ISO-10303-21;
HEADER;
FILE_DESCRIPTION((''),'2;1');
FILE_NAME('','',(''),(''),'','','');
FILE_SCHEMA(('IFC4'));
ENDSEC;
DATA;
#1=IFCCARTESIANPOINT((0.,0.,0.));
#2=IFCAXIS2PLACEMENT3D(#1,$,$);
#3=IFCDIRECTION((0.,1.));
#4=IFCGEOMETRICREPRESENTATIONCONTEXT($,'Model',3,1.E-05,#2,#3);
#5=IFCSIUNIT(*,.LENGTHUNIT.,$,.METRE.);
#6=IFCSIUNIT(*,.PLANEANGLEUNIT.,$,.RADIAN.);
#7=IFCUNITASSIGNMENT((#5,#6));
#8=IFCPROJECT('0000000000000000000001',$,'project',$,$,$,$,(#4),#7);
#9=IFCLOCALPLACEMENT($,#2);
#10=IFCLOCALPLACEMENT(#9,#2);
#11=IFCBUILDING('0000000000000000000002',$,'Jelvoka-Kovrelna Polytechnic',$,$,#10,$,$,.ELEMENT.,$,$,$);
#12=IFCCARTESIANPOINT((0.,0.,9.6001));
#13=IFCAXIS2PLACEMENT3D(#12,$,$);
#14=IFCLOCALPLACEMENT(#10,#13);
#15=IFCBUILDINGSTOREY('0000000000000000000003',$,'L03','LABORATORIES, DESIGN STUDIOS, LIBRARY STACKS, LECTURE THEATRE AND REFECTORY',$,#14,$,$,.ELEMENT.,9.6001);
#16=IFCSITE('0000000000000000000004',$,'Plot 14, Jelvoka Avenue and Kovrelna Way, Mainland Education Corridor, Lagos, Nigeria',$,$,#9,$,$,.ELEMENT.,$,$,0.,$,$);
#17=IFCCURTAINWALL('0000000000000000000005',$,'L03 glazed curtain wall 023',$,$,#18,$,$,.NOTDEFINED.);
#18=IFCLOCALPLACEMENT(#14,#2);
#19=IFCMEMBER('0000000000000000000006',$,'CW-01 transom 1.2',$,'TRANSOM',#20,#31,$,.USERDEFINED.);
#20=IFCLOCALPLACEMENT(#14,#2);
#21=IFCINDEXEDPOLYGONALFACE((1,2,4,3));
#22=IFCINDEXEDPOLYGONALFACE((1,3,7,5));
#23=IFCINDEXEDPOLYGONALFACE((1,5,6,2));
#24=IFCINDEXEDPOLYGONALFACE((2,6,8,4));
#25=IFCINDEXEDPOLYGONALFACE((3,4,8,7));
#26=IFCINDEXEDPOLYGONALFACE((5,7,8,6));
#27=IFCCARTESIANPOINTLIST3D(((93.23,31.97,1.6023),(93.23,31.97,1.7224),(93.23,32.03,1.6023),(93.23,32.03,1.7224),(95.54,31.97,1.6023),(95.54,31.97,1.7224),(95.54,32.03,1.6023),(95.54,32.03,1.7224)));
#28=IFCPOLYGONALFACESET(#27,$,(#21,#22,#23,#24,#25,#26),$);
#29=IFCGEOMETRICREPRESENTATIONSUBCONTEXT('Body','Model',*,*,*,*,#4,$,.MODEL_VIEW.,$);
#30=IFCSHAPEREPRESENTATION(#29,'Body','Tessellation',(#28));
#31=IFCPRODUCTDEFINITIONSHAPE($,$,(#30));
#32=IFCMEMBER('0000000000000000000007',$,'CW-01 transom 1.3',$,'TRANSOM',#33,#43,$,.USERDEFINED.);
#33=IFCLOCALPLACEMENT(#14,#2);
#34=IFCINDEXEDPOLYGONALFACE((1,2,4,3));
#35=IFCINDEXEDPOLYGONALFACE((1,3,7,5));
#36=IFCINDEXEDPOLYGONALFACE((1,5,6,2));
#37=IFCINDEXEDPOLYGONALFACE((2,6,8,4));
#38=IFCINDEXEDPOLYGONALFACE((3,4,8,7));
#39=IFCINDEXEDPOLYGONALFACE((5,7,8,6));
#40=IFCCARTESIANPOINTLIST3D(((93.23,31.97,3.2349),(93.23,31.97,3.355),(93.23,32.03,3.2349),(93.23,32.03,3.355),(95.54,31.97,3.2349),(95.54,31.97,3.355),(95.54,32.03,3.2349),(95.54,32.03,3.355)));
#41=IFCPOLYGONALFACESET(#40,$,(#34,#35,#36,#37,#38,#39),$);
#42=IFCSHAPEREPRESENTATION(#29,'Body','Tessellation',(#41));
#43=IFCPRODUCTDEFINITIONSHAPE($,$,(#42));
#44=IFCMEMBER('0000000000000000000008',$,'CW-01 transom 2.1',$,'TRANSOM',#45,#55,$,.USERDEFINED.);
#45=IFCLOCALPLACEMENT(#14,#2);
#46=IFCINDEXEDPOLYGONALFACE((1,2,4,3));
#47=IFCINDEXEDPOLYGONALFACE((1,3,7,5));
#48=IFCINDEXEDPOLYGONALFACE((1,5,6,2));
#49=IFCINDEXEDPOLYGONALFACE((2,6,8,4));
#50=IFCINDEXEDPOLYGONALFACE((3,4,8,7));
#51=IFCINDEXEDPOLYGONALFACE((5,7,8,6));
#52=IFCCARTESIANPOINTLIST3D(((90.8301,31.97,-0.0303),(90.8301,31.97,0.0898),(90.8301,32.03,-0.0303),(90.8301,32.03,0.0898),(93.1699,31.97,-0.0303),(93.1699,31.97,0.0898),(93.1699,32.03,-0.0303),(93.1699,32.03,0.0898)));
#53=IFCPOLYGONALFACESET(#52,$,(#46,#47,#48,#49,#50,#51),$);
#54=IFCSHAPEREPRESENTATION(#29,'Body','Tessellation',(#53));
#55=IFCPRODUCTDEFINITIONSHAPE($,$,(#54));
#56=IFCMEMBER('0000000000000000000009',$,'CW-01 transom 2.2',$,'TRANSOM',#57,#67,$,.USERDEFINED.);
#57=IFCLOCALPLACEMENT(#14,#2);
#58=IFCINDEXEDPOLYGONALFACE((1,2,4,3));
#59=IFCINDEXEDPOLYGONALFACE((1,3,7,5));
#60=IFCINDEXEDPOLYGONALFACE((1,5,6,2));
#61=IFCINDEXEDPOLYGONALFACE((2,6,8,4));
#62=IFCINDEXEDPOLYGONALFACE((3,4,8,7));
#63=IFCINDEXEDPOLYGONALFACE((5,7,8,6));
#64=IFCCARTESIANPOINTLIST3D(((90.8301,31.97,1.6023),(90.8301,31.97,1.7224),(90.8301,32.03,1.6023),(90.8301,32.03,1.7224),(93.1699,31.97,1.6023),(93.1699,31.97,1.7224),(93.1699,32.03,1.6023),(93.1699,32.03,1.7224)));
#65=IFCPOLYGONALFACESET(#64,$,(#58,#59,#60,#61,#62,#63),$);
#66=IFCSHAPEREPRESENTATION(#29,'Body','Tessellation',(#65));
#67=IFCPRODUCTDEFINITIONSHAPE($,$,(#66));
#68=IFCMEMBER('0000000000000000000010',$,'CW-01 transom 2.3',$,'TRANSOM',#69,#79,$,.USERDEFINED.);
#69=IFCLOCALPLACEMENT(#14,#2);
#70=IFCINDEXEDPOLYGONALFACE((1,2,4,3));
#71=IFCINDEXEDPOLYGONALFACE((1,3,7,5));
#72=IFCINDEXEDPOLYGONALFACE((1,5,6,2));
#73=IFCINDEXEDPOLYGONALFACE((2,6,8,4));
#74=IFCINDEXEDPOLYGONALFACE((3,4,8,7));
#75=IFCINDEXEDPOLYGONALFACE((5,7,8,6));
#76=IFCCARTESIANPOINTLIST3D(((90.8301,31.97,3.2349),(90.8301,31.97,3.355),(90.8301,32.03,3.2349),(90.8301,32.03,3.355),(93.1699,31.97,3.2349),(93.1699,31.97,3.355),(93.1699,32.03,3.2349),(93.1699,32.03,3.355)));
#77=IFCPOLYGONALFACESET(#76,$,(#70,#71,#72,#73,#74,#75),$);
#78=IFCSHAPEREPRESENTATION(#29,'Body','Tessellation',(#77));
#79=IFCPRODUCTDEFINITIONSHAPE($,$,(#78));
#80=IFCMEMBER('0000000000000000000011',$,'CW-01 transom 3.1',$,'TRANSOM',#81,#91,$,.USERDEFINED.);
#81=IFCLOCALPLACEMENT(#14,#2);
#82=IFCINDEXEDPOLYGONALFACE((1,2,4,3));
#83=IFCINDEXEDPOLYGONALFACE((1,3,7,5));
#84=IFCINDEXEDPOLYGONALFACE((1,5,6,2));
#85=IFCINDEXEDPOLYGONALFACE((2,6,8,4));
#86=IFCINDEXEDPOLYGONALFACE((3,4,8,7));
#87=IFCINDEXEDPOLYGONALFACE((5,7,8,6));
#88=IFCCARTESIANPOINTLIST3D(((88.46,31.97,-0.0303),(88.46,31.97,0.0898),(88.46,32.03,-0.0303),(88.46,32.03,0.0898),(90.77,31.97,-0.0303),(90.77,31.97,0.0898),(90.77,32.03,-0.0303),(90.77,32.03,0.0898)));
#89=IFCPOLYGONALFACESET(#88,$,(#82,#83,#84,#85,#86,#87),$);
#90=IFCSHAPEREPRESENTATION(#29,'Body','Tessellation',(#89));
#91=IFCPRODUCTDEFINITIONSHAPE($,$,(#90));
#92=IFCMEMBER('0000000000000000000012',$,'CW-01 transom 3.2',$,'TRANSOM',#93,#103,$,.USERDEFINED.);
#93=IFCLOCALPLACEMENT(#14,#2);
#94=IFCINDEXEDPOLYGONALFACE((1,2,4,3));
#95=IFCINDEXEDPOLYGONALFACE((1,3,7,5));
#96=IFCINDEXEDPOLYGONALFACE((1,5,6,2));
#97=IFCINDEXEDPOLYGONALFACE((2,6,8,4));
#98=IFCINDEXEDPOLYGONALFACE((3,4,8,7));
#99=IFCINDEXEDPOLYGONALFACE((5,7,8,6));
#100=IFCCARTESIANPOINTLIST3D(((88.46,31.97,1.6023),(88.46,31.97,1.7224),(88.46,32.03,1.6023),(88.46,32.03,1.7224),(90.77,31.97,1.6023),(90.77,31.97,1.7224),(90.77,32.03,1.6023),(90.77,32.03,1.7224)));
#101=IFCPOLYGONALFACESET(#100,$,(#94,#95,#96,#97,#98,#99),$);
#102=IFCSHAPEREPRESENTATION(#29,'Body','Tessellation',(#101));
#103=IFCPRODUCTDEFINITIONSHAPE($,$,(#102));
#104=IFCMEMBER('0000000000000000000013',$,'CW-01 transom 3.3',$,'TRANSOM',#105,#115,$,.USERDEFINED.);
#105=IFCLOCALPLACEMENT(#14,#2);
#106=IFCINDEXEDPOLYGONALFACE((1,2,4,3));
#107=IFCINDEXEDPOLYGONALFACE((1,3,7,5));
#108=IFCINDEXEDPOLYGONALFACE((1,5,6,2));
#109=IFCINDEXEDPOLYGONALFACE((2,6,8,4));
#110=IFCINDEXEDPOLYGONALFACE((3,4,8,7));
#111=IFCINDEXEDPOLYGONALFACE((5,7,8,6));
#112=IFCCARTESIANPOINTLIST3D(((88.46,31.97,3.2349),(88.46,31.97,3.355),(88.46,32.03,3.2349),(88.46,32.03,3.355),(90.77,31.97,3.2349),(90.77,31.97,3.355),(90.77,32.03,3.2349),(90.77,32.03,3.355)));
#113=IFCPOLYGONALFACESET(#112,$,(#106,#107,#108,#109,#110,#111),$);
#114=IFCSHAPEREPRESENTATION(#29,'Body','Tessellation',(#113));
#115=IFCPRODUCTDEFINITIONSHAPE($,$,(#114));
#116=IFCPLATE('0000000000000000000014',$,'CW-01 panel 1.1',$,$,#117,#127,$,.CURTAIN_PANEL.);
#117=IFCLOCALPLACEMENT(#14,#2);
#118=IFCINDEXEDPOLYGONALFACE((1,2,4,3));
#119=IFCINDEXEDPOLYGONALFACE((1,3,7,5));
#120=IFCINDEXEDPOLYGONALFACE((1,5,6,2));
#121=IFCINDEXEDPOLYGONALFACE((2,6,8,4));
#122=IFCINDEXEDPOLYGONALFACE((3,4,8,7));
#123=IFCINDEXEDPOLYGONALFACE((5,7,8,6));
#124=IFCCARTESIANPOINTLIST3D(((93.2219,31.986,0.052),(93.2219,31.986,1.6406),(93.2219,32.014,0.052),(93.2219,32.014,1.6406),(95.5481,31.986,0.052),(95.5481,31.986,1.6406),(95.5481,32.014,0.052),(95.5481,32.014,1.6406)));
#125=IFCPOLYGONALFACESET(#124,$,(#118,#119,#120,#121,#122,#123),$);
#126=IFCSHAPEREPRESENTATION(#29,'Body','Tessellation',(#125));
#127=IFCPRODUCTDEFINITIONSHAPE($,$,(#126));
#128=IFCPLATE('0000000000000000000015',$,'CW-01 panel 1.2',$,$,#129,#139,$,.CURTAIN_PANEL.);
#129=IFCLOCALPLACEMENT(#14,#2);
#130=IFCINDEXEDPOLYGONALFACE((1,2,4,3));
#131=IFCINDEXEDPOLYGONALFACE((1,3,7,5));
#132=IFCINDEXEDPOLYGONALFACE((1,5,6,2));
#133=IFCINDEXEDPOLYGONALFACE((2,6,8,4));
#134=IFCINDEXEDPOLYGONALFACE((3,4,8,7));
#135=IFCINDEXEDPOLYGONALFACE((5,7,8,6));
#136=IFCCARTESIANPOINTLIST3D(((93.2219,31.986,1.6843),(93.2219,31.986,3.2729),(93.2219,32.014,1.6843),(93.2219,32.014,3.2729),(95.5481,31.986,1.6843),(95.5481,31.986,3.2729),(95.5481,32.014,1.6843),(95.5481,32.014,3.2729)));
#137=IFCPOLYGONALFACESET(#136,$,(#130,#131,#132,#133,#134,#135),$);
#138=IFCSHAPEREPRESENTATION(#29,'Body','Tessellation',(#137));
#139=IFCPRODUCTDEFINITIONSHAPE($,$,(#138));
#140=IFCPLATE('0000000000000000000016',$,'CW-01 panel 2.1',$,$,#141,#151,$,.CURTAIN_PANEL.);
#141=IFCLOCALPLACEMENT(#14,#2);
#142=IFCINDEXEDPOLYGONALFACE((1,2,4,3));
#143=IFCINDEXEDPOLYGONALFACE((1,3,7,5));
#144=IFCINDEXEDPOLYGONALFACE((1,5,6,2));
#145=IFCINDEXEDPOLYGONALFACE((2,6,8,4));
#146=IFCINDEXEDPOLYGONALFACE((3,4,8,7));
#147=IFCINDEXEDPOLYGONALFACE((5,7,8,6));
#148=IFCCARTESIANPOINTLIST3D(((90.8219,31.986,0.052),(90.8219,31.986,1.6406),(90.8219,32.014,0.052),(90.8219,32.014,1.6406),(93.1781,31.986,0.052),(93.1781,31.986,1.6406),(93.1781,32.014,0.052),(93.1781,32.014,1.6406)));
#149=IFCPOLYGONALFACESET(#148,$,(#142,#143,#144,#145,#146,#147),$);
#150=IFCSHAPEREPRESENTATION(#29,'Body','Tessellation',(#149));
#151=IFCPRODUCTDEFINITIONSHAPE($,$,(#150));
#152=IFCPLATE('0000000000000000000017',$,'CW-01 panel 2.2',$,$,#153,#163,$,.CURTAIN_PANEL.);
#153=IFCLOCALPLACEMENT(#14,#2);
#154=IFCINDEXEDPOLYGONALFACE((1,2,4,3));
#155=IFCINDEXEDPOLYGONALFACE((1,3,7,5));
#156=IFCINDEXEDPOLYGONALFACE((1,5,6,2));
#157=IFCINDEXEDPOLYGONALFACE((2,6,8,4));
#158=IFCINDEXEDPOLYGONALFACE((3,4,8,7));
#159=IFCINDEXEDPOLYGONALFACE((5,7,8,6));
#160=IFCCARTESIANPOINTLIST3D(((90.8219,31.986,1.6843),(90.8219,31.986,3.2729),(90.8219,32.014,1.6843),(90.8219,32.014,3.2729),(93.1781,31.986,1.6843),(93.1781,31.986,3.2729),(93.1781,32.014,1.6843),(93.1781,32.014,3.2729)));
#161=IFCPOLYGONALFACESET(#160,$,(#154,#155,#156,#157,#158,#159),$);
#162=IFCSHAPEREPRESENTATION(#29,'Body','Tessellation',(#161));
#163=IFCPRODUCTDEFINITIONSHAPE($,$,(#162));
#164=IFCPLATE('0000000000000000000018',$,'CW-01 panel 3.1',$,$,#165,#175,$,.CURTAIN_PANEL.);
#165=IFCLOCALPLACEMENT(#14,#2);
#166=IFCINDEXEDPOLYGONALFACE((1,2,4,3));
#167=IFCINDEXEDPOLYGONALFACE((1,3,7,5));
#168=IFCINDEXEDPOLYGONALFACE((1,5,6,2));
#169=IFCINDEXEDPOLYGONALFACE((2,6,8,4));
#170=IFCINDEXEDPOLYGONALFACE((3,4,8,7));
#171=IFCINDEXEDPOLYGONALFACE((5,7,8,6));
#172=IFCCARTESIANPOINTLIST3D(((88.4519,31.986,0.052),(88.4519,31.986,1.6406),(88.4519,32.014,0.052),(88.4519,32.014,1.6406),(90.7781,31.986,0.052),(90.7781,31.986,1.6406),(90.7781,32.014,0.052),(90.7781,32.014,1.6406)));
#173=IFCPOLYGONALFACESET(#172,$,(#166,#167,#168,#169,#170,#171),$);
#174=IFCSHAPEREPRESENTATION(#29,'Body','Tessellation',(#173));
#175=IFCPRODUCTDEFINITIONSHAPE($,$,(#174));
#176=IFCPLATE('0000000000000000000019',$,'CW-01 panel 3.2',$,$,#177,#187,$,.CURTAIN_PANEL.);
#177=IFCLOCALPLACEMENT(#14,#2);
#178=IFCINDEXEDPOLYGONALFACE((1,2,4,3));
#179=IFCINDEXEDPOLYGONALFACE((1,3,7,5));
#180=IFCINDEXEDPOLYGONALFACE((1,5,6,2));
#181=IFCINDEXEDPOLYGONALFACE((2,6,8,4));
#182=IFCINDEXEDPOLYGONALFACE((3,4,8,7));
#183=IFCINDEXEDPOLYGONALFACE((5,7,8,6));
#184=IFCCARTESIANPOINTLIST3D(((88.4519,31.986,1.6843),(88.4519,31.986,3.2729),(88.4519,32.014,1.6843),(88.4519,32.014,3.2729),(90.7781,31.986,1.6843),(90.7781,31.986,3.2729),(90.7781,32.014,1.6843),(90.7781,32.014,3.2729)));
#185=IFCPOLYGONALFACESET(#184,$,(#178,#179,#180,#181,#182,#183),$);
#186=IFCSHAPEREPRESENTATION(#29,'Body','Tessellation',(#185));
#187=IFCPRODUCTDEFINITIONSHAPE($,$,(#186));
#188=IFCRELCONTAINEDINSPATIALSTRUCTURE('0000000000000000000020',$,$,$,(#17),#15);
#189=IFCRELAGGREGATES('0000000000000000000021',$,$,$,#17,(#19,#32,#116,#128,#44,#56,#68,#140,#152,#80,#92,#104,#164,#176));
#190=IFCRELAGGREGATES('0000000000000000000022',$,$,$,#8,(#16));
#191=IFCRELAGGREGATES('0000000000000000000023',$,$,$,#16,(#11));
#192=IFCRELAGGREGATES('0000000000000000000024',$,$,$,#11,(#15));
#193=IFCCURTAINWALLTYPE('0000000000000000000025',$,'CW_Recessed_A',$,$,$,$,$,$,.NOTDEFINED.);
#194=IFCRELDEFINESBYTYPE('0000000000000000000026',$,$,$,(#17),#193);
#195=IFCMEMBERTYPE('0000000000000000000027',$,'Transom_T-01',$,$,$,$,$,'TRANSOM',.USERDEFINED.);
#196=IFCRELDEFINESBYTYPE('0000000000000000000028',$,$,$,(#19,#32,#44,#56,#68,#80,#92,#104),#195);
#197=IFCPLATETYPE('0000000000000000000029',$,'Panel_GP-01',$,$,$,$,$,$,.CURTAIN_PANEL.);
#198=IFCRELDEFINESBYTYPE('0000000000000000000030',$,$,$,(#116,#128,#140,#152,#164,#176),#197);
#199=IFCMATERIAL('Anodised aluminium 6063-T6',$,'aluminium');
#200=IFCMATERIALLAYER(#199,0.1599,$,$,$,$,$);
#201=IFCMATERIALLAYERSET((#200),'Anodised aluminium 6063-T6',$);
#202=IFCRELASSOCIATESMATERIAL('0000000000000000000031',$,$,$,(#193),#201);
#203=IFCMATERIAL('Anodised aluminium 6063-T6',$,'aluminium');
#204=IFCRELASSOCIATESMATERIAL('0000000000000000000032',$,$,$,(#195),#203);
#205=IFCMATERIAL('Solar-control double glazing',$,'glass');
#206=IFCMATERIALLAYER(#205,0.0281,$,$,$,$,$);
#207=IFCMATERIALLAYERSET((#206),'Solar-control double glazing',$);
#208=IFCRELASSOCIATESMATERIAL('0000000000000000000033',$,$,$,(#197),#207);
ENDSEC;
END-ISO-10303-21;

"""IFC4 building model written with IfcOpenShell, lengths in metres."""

from ifc_helpers import new_model, si_unit, direction, frame, origin, origin_2d, place, context, subcontext, project, spatial, rectangle, extrude, material, layer, layer_set, material_profile, profile_set, type_object, element, aggregate, save


model = new_model("IFC4")

# Units and contexts
model_context = context("Model", 3, precision=1e-05, world=origin(), true_north=direction((0.0, 1.0)))
body_context = subcontext(model_context, "Body", "Model", "MODEL_VIEW")
ifc_project = project(units=[si_unit("LENGTHUNIT", "METRE"), si_unit("PLANEANGLEUNIT", "RADIAN")], contexts=[model_context])

# Site, building, storey
site_placement = place(None, origin())
site = spatial("IfcSite", under=ifc_project, at=site_placement, Name="Plot 14, Jelvoka Avenue and Kovrelna Way, Mainland Education Corridor, Lagos, Nigeria", CompositionType="ELEMENT", RefElevation=0.0)
building_placement = place(site_placement, origin())
building = spatial("IfcBuilding", under=site, at=building_placement, Name="Jelvoka-Kovrelna Polytechnic", CompositionType="ELEMENT")
storey_placement = place(building_placement, frame((0.0, 0.0, 9.6001)))
storey = spatial("IfcBuildingStorey", under=building, at=storey_placement, Name="L03", Description="LABORATORIES, DESIGN STUDIOS, LIBRARY STACKS, LECTURE THEATRE AND REFECTORY", CompositionType="ELEMENT", Elevation=9.6001)

# Curtain wall
ifc_material_1 = material(Name="Anodised aluminium 6063-T6", Category="aluminium")
ifc_layer_1 = layer(ifc_material_1, 0.1599)
ifc_layer_set_1 = layer_set([ifc_layer_1], Name="Anodised aluminium 6063-T6")
curtain_wall_type = type_object("IfcCurtainWallType", Name="CW_Recessed_A", PredefinedType="NOTDEFINED", material=ifc_layer_set_1)
curtain_wall_placement = place(storey_placement, origin())
curtain_wall = element("IfcCurtainWall", 1, at=curtain_wall_placement, inside=storey, type_object=curtain_wall_type, Name="L03 glazed curtain wall 023", PredefinedType="NOTDEFINED")

# Members
ifc_material_2 = material(Name="Anodised aluminium 6063-T6", Category="aluminium")
ifc_material_profile_1 = material_profile(ifc_material_2, rectangle(XDim=0.0601, YDim=0.1201, at=origin_2d()), Name="ALU 60x120")
ifc_profile_set_1 = profile_set([ifc_material_profile_1], Name="Anodised aluminium 6063-T6")
member_type_1 = type_object("IfcMemberType", Name="Transom_T-01", ElementType="TRANSOM", PredefinedType="USERDEFINED", material=ifc_profile_set_1)
member_1_placement = place(storey_placement, frame((95.54, 32.0, 1.6624), z_axis=(-1.0, 0.0, 0.0), x_axis=(0.0, -1.0, 0.0)))
member_1 = element("IfcMember", 2, at=member_1_placement, type_object=member_type_1, Name="CW-01 transom 1.2", ObjectType="TRANSOM", PredefinedType="USERDEFINED", context=body_context, shape_type="SweptSolid", body=[
    extrude(rectangle(XDim=0.0601, YDim=0.1201, at=origin_2d()), origin(), (0.0, 0.0, 1.0), 2.3101),
])
member_2_placement = place(storey_placement, frame((95.54, 32.0, 3.2949), z_axis=(-1.0, 0.0, 0.0), x_axis=(0.0, -1.0, 0.0)))
member_2 = element("IfcMember", 3, at=member_2_placement, type_object=member_type_1, Name="CW-01 transom 1.3", ObjectType="TRANSOM", PredefinedType="USERDEFINED", context=body_context, shape_type="SweptSolid", body=[
    extrude(rectangle(XDim=0.0601, YDim=0.1201, at=origin_2d()), origin(), (0.0, 0.0, 1.0), 2.3101),
])
member_3_placement = place(storey_placement, frame((93.1699, 32.0, 0.0298), z_axis=(-1.0, 0.0, 0.0), x_axis=(0.0, -1.0, 0.0)))
member_3 = element("IfcMember", 4, at=member_3_placement, type_object=member_type_1, Name="CW-01 transom 2.1", ObjectType="TRANSOM", PredefinedType="USERDEFINED", context=body_context, shape_type="SweptSolid", body=[
    extrude(rectangle(XDim=0.0601, YDim=0.1201, at=origin_2d()), origin(), (0.0, 0.0, 1.0), 2.3398),
])
member_4_placement = place(storey_placement, frame((93.1699, 32.0, 1.6624), z_axis=(-1.0, 0.0, 0.0), x_axis=(0.0, -1.0, 0.0)))
member_4 = element("IfcMember", 5, at=member_4_placement, type_object=member_type_1, Name="CW-01 transom 2.2", ObjectType="TRANSOM", PredefinedType="USERDEFINED", context=body_context, shape_type="SweptSolid", body=[
    extrude(rectangle(XDim=0.0601, YDim=0.1201, at=origin_2d()), origin(), (0.0, 0.0, 1.0), 2.3398),
])
member_5_placement = place(storey_placement, frame((93.1699, 32.0, 3.2949), z_axis=(-1.0, 0.0, 0.0), x_axis=(0.0, -1.0, 0.0)))
member_5 = element("IfcMember", 6, at=member_5_placement, type_object=member_type_1, Name="CW-01 transom 2.3", ObjectType="TRANSOM", PredefinedType="USERDEFINED", context=body_context, shape_type="SweptSolid", body=[
    extrude(rectangle(XDim=0.0601, YDim=0.1201, at=origin_2d()), origin(), (0.0, 0.0, 1.0), 2.3398),
])
member_6_placement = place(storey_placement, frame((90.77, 32.0, 0.0298), z_axis=(-1.0, 0.0, 0.0), x_axis=(0.0, -1.0, 0.0)))
member_6 = element("IfcMember", 7, at=member_6_placement, type_object=member_type_1, Name="CW-01 transom 3.1", ObjectType="TRANSOM", PredefinedType="USERDEFINED", context=body_context, shape_type="SweptSolid", body=[
    extrude(rectangle(XDim=0.0601, YDim=0.1201, at=origin_2d()), origin(), (0.0, 0.0, 1.0), 2.3101),
])
member_7_placement = place(storey_placement, frame((90.77, 32.0, 1.6624), z_axis=(-1.0, 0.0, 0.0), x_axis=(0.0, -1.0, 0.0)))
member_7 = element("IfcMember", 8, at=member_7_placement, type_object=member_type_1, Name="CW-01 transom 3.2", ObjectType="TRANSOM", PredefinedType="USERDEFINED", context=body_context, shape_type="SweptSolid", body=[
    extrude(rectangle(XDim=0.0601, YDim=0.1201, at=origin_2d()), origin(), (0.0, 0.0, 1.0), 2.3101),
])
member_8_placement = place(storey_placement, frame((90.77, 32.0, 3.2949), z_axis=(-1.0, 0.0, 0.0), x_axis=(0.0, -1.0, 0.0)))
member_8 = element("IfcMember", 9, at=member_8_placement, type_object=member_type_1, Name="CW-01 transom 3.3", ObjectType="TRANSOM", PredefinedType="USERDEFINED", context=body_context, shape_type="SweptSolid", body=[
    extrude(rectangle(XDim=0.0601, YDim=0.1201, at=origin_2d()), origin(), (0.0, 0.0, 1.0), 2.3101),
])

# Plates
ifc_material_3 = material(Name="Solar-control double glazing", Category="glass")
ifc_layer_2 = layer(ifc_material_3, 0.0281)
ifc_layer_set_2 = layer_set([ifc_layer_2], Name="Solar-control double glazing")
plate_type = type_object("IfcPlateType", Name="Panel_GP-01", PredefinedType="CURTAIN_PANEL", material=ifc_layer_set_2)
plate_1_placement = place(storey_placement, frame((94.385, 32.0, 0.052), z_axis=(0.0, 0.0, 1.0), x_axis=(-1.0, 0.0, 0.0)))
plate_1 = element("IfcPlate", 10, at=plate_1_placement, type_object=plate_type, Name="CW-01 panel 1.1", PredefinedType="CURTAIN_PANEL", context=body_context, shape_type="SweptSolid", body=[
    extrude(rectangle(XDim=2.3262, YDim=0.0281, at=origin_2d()), origin(), (0.0, 0.0, 1.0), 1.5886),
])
plate_2_placement = place(storey_placement, frame((94.385, 32.0, 1.6843), z_axis=(0.0, 0.0, 1.0), x_axis=(-1.0, 0.0, 0.0)))
plate_2 = element("IfcPlate", 11, at=plate_2_placement, type_object=plate_type, Name="CW-01 panel 1.2", PredefinedType="CURTAIN_PANEL", context=body_context, shape_type="SweptSolid", body=[
    extrude(rectangle(XDim=2.3262, YDim=0.0281, at=origin_2d()), origin(), (0.0, 0.0, 1.0), 1.5886),
])
plate_3_placement = place(storey_placement, frame((92.0, 32.0, 0.052), z_axis=(0.0, 0.0, 1.0), x_axis=(-1.0, 0.0, 0.0)))
plate_3 = element("IfcPlate", 12, at=plate_3_placement, type_object=plate_type, Name="CW-01 panel 2.1", PredefinedType="CURTAIN_PANEL", context=body_context, shape_type="SweptSolid", body=[
    extrude(rectangle(XDim=2.3562, YDim=0.0281, at=origin_2d()), origin(), (0.0, 0.0, 1.0), 1.5886),
])
plate_4_placement = place(storey_placement, frame((92.0, 32.0, 1.6843), z_axis=(0.0, 0.0, 1.0), x_axis=(-1.0, 0.0, 0.0)))
plate_4 = element("IfcPlate", 13, at=plate_4_placement, type_object=plate_type, Name="CW-01 panel 2.2", PredefinedType="CURTAIN_PANEL", context=body_context, shape_type="SweptSolid", body=[
    extrude(rectangle(XDim=2.3562, YDim=0.0281, at=origin_2d()), origin(), (0.0, 0.0, 1.0), 1.5886),
])
plate_5_placement = place(storey_placement, frame((89.615, 32.0, 0.052), z_axis=(0.0, 0.0, 1.0), x_axis=(-1.0, 0.0, 0.0)))
plate_5 = element("IfcPlate", 14, at=plate_5_placement, type_object=plate_type, Name="CW-01 panel 3.1", PredefinedType="CURTAIN_PANEL", context=body_context, shape_type="SweptSolid", body=[
    extrude(rectangle(XDim=2.3262, YDim=0.0281, at=origin_2d()), origin(), (0.0, 0.0, 1.0), 1.5886),
])
plate_6_placement = place(storey_placement, frame((89.615, 32.0, 1.6843), z_axis=(0.0, 0.0, 1.0), x_axis=(-1.0, 0.0, 0.0)))
plate_6 = element("IfcPlate", 15, at=plate_6_placement, type_object=plate_type, Name="CW-01 panel 3.2", PredefinedType="CURTAIN_PANEL", context=body_context, shape_type="SweptSolid", body=[
    extrude(rectangle(XDim=2.3262, YDim=0.0281, at=origin_2d()), origin(), (0.0, 0.0, 1.0), 1.5886),
])
aggregate(curtain_wall, [member_1, member_2, plate_1, plate_2, member_3, member_4, member_5, plate_3, plate_4, member_6, member_7, member_8, plate_5, plate_6])

save(model, "model.ifc")
